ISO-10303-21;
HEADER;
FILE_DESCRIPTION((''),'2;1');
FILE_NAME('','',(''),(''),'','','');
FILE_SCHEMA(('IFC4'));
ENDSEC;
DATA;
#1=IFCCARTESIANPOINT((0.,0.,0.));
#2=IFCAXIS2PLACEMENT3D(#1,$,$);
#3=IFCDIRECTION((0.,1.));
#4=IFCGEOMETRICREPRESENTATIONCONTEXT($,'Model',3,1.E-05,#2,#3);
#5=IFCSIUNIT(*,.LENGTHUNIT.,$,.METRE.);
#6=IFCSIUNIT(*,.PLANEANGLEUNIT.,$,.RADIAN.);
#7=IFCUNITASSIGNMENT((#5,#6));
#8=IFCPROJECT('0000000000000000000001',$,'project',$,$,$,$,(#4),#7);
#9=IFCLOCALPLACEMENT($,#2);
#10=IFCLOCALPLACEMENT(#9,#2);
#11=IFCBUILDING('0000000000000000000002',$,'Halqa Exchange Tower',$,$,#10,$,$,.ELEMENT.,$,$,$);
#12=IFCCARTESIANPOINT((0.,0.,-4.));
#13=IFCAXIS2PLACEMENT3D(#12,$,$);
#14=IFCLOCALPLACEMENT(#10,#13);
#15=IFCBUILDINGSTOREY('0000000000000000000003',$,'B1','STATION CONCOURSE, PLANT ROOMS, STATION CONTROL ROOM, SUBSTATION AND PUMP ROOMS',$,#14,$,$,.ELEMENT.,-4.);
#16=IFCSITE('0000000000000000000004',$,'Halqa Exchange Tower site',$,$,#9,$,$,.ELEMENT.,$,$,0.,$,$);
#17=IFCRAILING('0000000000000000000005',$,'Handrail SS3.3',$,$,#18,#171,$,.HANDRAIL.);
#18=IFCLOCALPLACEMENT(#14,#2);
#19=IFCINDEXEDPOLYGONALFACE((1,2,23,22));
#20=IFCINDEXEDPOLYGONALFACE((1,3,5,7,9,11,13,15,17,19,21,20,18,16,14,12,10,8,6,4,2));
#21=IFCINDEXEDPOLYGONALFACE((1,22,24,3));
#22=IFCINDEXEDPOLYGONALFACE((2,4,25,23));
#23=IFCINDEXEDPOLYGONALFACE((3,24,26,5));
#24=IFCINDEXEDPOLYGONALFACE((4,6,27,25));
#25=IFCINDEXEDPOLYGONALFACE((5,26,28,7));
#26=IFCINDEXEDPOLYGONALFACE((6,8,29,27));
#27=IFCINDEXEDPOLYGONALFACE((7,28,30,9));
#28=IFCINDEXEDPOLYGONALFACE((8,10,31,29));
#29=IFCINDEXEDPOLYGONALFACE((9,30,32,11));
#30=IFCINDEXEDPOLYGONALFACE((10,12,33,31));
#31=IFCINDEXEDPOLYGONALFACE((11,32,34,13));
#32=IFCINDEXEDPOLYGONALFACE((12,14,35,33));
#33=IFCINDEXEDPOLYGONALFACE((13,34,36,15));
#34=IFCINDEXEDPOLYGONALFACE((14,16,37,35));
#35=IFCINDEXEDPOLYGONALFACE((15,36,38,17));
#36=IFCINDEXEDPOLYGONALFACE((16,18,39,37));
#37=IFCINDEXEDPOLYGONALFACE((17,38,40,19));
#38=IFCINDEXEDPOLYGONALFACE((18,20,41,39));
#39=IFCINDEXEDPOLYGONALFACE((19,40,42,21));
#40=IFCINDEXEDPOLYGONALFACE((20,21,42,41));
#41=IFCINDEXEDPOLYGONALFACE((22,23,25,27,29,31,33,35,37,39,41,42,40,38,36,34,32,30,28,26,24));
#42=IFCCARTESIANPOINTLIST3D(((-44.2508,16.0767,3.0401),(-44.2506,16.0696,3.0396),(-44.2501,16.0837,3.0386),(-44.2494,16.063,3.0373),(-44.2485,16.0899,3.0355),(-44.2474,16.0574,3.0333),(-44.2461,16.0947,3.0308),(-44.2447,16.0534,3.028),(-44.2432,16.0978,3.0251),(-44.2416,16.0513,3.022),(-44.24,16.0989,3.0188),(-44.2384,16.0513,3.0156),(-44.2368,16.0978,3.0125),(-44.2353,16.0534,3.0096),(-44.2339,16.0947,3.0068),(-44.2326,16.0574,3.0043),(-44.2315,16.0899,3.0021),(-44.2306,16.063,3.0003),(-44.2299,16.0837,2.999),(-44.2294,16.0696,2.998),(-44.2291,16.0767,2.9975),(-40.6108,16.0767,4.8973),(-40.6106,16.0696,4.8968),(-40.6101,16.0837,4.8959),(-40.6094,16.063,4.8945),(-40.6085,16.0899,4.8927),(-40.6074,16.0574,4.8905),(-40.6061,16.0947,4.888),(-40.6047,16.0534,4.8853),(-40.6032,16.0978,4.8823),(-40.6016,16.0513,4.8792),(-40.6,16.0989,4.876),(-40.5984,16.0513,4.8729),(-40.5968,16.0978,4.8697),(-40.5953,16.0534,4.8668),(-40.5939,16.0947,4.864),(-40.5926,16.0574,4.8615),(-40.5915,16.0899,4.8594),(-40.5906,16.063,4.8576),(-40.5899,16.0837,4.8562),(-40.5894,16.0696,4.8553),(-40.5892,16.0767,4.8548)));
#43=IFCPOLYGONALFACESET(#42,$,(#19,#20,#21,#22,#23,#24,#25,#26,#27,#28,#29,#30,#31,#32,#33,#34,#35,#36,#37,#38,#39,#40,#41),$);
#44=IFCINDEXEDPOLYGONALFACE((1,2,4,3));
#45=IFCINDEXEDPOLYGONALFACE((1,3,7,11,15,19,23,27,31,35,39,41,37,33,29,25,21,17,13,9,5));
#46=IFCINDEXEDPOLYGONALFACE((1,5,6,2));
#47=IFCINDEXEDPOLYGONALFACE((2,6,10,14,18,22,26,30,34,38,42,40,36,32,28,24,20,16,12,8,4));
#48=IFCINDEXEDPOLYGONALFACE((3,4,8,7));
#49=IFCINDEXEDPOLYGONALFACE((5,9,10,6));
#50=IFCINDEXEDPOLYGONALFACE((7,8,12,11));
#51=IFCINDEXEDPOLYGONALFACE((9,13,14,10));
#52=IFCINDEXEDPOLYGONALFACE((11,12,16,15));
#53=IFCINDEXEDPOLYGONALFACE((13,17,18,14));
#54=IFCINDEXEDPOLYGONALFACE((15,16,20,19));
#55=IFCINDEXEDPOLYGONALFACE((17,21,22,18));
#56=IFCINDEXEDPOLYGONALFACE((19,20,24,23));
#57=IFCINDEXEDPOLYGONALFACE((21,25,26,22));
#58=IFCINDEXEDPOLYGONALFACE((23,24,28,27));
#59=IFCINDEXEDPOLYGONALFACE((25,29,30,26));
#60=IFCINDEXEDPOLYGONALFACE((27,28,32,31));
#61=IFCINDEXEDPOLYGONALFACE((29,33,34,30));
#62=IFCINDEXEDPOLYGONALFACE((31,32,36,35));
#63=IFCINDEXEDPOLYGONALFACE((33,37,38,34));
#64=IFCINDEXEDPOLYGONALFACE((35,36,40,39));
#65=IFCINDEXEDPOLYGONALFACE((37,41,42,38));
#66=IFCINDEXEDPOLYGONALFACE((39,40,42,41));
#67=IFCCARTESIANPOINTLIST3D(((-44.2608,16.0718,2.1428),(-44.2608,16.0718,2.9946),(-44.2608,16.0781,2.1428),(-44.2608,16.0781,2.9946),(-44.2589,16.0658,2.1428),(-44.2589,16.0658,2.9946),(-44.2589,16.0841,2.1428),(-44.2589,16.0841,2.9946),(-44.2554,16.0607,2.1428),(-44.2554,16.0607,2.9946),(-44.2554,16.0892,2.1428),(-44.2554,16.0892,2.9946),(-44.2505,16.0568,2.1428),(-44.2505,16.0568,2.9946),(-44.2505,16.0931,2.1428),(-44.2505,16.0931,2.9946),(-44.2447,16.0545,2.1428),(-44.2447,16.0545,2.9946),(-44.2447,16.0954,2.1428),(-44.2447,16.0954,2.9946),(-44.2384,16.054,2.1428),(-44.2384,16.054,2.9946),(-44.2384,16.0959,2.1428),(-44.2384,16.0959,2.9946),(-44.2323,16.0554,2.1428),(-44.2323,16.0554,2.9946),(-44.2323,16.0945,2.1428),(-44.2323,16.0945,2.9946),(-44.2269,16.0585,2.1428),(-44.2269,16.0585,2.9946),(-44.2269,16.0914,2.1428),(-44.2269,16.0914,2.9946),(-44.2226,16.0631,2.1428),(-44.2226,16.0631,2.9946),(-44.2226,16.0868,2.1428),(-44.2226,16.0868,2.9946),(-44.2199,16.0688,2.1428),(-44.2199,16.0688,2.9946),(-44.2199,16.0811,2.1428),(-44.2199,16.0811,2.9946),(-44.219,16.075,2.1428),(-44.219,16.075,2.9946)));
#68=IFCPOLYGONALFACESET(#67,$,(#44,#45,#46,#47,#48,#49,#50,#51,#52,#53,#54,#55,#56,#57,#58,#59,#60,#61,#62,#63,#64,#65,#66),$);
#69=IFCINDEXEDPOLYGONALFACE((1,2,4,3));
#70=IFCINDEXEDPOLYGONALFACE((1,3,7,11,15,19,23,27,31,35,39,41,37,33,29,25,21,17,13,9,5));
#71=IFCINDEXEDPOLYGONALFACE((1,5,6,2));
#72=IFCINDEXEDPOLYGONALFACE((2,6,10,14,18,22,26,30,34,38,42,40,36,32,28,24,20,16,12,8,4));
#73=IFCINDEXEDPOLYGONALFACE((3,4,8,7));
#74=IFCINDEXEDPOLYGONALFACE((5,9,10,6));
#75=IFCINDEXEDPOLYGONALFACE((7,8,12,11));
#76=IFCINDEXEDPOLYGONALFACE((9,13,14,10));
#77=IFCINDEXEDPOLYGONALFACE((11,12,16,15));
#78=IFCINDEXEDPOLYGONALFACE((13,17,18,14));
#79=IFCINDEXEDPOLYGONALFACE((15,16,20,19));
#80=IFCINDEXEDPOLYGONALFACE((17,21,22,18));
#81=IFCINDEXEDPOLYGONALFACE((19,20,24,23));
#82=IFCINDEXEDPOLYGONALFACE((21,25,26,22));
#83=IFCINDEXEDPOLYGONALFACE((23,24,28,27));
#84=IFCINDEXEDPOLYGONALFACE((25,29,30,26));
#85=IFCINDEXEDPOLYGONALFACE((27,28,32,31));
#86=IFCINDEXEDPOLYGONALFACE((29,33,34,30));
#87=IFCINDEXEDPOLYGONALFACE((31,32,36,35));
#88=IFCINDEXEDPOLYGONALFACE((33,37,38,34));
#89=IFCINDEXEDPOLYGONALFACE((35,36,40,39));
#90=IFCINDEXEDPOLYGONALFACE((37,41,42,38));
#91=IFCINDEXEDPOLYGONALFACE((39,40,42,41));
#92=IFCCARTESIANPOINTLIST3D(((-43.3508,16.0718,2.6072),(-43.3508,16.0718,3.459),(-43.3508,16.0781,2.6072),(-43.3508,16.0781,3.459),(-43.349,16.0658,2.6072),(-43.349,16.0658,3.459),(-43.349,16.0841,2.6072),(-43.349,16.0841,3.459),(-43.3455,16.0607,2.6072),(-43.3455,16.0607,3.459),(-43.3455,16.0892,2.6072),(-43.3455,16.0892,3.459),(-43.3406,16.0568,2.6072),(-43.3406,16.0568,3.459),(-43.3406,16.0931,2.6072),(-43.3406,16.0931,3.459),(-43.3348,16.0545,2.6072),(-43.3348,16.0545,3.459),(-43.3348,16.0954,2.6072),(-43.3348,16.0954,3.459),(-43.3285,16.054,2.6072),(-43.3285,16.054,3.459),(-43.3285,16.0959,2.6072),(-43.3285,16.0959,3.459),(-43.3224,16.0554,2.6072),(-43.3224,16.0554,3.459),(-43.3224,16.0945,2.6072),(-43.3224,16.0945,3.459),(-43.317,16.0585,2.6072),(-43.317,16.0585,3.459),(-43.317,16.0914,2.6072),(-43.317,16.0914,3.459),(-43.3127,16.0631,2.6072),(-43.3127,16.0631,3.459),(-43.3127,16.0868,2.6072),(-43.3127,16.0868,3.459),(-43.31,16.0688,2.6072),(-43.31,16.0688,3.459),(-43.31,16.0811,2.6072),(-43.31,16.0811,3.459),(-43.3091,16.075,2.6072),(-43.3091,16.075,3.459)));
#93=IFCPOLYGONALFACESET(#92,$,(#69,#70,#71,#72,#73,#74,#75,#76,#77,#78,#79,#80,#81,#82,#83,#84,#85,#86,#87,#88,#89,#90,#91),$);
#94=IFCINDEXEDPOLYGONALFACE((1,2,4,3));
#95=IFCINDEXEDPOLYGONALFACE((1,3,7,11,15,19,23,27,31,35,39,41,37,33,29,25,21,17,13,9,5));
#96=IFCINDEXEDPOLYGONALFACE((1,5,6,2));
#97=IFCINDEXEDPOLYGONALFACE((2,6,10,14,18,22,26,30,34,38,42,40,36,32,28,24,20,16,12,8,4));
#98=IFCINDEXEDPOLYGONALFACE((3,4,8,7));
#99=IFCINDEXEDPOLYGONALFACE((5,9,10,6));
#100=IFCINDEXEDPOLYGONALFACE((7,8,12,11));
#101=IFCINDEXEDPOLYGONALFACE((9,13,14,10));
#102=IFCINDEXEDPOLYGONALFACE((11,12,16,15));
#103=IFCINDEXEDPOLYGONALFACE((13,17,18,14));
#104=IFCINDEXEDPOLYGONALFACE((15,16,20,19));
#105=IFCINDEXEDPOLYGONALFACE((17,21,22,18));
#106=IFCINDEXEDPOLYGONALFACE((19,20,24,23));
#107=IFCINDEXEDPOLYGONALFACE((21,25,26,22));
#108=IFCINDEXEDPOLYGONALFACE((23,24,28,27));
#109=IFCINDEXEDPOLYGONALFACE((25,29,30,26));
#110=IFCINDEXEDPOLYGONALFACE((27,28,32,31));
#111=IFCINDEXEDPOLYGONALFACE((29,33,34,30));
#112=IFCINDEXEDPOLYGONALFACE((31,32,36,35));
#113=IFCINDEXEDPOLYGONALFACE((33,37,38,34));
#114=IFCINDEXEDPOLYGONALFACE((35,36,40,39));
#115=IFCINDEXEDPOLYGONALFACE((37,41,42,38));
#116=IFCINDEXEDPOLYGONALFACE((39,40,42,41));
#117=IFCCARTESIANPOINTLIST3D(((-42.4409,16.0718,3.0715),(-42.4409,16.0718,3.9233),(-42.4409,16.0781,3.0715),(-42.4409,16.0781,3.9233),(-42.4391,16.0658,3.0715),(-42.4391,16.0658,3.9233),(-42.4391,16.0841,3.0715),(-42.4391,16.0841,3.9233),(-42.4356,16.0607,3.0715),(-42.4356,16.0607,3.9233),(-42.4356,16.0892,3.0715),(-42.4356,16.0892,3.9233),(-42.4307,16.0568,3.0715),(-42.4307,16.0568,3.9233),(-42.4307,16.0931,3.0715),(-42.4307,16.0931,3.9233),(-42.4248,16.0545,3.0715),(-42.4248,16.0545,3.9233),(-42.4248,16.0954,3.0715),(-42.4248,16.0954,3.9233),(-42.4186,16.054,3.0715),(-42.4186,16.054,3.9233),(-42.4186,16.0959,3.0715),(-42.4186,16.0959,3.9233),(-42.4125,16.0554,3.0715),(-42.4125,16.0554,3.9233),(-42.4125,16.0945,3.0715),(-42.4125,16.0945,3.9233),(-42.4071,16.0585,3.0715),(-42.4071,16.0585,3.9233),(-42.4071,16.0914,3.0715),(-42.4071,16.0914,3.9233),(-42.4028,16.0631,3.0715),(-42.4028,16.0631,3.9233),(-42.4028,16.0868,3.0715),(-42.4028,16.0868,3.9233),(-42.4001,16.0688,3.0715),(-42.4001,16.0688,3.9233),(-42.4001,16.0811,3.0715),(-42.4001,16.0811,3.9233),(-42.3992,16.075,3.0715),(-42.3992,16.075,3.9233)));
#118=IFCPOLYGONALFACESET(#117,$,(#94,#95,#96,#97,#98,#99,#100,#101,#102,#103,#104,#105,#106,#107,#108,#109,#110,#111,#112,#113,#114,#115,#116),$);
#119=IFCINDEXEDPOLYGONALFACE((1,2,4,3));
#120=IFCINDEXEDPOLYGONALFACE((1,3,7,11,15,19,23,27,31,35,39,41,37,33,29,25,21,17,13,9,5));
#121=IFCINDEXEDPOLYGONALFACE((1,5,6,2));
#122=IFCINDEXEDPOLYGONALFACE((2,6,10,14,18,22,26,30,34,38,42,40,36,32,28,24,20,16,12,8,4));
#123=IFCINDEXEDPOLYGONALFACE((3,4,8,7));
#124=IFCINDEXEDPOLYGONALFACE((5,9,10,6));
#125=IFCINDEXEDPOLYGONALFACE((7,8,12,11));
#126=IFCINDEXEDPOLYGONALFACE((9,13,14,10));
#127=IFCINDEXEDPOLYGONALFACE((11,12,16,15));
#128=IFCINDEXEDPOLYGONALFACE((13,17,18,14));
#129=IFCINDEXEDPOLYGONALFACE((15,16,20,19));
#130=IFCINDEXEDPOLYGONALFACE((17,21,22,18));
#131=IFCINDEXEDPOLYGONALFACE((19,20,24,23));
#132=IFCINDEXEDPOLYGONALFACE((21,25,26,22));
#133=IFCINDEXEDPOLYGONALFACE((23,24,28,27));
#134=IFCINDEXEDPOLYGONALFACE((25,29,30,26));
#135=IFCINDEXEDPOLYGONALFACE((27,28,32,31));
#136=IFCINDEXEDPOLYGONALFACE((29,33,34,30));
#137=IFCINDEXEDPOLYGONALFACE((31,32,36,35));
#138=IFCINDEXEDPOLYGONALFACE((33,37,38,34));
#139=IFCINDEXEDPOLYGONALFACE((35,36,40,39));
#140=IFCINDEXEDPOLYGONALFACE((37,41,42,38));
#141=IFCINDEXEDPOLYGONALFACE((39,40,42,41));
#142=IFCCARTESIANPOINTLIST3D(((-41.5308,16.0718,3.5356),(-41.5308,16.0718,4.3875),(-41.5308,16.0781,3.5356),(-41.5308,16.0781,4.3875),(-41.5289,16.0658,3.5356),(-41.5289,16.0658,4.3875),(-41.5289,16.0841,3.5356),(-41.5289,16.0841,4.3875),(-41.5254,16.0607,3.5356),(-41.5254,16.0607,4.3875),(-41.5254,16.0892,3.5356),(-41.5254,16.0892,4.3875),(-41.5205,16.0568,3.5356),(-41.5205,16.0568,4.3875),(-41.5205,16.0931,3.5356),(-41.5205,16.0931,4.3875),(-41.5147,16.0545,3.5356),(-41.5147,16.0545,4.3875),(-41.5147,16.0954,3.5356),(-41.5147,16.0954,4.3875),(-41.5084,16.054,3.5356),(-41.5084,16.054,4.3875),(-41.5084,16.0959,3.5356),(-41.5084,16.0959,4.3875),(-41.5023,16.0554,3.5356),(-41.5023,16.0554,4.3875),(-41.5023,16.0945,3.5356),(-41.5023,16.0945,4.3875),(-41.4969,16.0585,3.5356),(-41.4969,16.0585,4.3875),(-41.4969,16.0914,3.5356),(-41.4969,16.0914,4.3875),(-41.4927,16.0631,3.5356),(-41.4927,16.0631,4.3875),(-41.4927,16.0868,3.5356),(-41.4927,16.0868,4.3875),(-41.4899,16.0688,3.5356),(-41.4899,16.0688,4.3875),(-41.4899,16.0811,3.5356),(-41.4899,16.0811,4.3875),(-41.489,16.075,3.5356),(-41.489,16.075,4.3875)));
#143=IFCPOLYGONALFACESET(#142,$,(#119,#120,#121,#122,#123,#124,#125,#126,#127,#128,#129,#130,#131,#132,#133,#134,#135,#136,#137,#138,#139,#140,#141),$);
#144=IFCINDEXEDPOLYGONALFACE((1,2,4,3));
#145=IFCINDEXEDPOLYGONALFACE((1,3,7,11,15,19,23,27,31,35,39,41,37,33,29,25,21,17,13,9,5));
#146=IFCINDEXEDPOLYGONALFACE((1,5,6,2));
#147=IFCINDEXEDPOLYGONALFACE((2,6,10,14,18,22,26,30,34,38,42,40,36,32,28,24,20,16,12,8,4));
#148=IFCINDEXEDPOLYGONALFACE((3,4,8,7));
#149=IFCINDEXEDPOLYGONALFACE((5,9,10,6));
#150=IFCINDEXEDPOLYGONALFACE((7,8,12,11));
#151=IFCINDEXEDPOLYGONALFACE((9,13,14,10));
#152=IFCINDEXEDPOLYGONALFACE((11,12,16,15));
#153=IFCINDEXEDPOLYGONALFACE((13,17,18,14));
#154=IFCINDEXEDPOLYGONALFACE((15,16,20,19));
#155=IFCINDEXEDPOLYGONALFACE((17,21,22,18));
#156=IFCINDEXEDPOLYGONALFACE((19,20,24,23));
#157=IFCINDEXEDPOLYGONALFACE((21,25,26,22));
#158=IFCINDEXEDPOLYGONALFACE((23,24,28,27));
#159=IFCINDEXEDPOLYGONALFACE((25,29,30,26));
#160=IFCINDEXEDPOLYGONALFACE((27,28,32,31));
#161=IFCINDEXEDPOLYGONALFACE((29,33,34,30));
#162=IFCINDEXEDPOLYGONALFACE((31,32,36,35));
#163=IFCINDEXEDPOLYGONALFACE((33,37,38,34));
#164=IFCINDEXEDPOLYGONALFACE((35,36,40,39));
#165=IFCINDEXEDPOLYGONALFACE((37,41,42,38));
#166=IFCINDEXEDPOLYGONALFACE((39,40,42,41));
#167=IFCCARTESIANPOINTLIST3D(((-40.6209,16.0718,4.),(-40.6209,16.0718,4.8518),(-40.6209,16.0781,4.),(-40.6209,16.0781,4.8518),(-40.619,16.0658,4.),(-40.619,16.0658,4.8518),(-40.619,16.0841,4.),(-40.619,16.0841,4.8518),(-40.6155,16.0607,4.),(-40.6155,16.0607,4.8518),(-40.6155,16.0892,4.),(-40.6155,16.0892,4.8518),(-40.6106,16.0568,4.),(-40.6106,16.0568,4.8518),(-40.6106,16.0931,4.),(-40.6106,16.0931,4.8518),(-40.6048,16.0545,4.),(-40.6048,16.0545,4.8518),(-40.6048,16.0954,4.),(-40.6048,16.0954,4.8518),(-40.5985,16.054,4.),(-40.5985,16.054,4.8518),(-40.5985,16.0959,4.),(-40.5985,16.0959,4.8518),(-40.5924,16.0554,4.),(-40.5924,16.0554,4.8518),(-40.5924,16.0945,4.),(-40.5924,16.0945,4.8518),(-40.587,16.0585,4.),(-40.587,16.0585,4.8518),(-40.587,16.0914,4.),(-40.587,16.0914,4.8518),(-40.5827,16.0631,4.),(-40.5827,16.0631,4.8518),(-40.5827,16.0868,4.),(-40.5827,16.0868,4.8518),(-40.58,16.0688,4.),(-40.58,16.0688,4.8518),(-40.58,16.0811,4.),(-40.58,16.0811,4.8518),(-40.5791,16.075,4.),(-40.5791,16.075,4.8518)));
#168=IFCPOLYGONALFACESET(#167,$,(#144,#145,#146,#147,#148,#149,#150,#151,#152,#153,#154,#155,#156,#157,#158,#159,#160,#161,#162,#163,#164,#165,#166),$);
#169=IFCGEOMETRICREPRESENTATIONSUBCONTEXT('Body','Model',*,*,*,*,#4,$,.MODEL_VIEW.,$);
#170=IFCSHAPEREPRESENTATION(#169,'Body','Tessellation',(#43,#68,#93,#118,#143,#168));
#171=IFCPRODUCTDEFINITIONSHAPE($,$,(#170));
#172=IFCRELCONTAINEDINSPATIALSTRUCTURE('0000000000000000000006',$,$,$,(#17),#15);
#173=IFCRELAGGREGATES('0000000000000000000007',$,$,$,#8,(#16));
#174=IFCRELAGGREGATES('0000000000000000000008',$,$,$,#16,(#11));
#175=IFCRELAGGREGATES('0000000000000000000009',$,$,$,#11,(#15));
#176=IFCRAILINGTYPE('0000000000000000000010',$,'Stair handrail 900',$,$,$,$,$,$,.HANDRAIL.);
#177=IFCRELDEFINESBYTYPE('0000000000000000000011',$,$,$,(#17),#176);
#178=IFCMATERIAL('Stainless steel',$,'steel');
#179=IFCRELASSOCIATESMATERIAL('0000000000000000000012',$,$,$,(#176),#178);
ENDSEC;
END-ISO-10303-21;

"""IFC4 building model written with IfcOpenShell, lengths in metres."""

from ifc_helpers import new_model, si_unit, direction, frame, origin, origin_2d, place, context, subcontext, project, spatial, circle, extrude, material, type_object, element, save


model = new_model("IFC4")

# Units and contexts
model_context = context("Model", 3, precision=1e-05, world=origin(), true_north=direction((0.0, 1.0)))
body_context = subcontext(model_context, "Body", "Model", "MODEL_VIEW")
ifc_project = project(units=[si_unit("LENGTHUNIT", "METRE"), si_unit("PLANEANGLEUNIT", "RADIAN")], contexts=[model_context])

# Site, building, storey
site_placement = place(None, origin())
site = spatial("IfcSite", under=ifc_project, at=site_placement, Name="Halqa Exchange Tower site", CompositionType="ELEMENT", RefElevation=0.0)
building_placement = place(site_placement, origin())
building = spatial("IfcBuilding", under=site, at=building_placement, Name="Halqa Exchange Tower", CompositionType="ELEMENT")
storey_placement = place(building_placement, frame((0.0, 0.0, -4.0)))
storey = spatial("IfcBuildingStorey", under=building, at=storey_placement, Name="B1", Description="STATION CONCOURSE, PLANT ROOMS, STATION CONTROL ROOM, SUBSTATION AND PUMP ROOMS", CompositionType="ELEMENT", Elevation=-4.0)

# Railing
ifc_material_1 = material(Name="Stainless steel", Category="steel")
railing_type_1 = type_object("IfcRailingType", Name="Stair handrail 900", PredefinedType="HANDRAIL", material=ifc_material_1)
railing_1_placement = place(storey_placement, frame((-44.24, 16.075, 2.1428)))
element("IfcRailing", 1, at=railing_1_placement, inside=storey, type_object=railing_type_1, Name="Handrail SS3.3", PredefinedType="HANDRAIL", context=body_context, shape_type="SweptSolid", body=[
    extrude(circle(Radius=0.0239, at=origin_2d()), frame((0.0, 0.0, 0.876), z_axis=(0.890753, 0.0, 0.454488), x_axis=(0.0, 1.0, 0.0)), (0.0, 0.0, 1.0), 4.0864),
    extrude(circle(Radius=0.021, at=origin_2d()), origin(), (0.0, 0.0, 1.0), 0.8518),
    extrude(circle(Radius=0.021, at=origin_2d()), frame((0.9099, 0.0, 0.4644)), (0.0, 0.0, 1.0), 0.8518),
    extrude(circle(Radius=0.021, at=origin_2d()), frame((1.8198, 0.0, 0.9287)), (0.0, 0.0, 1.0), 0.8518),
    extrude(circle(Radius=0.021, at=origin_2d()), frame((2.73, 0.0, 1.3928)), (0.0, 0.0, 1.0), 0.8518),
    extrude(circle(Radius=0.021, at=origin_2d()), frame((3.6399, 0.0, 1.8572)), (0.0, 0.0, 1.0), 0.8518),
])

save(model, "model.ifc")
